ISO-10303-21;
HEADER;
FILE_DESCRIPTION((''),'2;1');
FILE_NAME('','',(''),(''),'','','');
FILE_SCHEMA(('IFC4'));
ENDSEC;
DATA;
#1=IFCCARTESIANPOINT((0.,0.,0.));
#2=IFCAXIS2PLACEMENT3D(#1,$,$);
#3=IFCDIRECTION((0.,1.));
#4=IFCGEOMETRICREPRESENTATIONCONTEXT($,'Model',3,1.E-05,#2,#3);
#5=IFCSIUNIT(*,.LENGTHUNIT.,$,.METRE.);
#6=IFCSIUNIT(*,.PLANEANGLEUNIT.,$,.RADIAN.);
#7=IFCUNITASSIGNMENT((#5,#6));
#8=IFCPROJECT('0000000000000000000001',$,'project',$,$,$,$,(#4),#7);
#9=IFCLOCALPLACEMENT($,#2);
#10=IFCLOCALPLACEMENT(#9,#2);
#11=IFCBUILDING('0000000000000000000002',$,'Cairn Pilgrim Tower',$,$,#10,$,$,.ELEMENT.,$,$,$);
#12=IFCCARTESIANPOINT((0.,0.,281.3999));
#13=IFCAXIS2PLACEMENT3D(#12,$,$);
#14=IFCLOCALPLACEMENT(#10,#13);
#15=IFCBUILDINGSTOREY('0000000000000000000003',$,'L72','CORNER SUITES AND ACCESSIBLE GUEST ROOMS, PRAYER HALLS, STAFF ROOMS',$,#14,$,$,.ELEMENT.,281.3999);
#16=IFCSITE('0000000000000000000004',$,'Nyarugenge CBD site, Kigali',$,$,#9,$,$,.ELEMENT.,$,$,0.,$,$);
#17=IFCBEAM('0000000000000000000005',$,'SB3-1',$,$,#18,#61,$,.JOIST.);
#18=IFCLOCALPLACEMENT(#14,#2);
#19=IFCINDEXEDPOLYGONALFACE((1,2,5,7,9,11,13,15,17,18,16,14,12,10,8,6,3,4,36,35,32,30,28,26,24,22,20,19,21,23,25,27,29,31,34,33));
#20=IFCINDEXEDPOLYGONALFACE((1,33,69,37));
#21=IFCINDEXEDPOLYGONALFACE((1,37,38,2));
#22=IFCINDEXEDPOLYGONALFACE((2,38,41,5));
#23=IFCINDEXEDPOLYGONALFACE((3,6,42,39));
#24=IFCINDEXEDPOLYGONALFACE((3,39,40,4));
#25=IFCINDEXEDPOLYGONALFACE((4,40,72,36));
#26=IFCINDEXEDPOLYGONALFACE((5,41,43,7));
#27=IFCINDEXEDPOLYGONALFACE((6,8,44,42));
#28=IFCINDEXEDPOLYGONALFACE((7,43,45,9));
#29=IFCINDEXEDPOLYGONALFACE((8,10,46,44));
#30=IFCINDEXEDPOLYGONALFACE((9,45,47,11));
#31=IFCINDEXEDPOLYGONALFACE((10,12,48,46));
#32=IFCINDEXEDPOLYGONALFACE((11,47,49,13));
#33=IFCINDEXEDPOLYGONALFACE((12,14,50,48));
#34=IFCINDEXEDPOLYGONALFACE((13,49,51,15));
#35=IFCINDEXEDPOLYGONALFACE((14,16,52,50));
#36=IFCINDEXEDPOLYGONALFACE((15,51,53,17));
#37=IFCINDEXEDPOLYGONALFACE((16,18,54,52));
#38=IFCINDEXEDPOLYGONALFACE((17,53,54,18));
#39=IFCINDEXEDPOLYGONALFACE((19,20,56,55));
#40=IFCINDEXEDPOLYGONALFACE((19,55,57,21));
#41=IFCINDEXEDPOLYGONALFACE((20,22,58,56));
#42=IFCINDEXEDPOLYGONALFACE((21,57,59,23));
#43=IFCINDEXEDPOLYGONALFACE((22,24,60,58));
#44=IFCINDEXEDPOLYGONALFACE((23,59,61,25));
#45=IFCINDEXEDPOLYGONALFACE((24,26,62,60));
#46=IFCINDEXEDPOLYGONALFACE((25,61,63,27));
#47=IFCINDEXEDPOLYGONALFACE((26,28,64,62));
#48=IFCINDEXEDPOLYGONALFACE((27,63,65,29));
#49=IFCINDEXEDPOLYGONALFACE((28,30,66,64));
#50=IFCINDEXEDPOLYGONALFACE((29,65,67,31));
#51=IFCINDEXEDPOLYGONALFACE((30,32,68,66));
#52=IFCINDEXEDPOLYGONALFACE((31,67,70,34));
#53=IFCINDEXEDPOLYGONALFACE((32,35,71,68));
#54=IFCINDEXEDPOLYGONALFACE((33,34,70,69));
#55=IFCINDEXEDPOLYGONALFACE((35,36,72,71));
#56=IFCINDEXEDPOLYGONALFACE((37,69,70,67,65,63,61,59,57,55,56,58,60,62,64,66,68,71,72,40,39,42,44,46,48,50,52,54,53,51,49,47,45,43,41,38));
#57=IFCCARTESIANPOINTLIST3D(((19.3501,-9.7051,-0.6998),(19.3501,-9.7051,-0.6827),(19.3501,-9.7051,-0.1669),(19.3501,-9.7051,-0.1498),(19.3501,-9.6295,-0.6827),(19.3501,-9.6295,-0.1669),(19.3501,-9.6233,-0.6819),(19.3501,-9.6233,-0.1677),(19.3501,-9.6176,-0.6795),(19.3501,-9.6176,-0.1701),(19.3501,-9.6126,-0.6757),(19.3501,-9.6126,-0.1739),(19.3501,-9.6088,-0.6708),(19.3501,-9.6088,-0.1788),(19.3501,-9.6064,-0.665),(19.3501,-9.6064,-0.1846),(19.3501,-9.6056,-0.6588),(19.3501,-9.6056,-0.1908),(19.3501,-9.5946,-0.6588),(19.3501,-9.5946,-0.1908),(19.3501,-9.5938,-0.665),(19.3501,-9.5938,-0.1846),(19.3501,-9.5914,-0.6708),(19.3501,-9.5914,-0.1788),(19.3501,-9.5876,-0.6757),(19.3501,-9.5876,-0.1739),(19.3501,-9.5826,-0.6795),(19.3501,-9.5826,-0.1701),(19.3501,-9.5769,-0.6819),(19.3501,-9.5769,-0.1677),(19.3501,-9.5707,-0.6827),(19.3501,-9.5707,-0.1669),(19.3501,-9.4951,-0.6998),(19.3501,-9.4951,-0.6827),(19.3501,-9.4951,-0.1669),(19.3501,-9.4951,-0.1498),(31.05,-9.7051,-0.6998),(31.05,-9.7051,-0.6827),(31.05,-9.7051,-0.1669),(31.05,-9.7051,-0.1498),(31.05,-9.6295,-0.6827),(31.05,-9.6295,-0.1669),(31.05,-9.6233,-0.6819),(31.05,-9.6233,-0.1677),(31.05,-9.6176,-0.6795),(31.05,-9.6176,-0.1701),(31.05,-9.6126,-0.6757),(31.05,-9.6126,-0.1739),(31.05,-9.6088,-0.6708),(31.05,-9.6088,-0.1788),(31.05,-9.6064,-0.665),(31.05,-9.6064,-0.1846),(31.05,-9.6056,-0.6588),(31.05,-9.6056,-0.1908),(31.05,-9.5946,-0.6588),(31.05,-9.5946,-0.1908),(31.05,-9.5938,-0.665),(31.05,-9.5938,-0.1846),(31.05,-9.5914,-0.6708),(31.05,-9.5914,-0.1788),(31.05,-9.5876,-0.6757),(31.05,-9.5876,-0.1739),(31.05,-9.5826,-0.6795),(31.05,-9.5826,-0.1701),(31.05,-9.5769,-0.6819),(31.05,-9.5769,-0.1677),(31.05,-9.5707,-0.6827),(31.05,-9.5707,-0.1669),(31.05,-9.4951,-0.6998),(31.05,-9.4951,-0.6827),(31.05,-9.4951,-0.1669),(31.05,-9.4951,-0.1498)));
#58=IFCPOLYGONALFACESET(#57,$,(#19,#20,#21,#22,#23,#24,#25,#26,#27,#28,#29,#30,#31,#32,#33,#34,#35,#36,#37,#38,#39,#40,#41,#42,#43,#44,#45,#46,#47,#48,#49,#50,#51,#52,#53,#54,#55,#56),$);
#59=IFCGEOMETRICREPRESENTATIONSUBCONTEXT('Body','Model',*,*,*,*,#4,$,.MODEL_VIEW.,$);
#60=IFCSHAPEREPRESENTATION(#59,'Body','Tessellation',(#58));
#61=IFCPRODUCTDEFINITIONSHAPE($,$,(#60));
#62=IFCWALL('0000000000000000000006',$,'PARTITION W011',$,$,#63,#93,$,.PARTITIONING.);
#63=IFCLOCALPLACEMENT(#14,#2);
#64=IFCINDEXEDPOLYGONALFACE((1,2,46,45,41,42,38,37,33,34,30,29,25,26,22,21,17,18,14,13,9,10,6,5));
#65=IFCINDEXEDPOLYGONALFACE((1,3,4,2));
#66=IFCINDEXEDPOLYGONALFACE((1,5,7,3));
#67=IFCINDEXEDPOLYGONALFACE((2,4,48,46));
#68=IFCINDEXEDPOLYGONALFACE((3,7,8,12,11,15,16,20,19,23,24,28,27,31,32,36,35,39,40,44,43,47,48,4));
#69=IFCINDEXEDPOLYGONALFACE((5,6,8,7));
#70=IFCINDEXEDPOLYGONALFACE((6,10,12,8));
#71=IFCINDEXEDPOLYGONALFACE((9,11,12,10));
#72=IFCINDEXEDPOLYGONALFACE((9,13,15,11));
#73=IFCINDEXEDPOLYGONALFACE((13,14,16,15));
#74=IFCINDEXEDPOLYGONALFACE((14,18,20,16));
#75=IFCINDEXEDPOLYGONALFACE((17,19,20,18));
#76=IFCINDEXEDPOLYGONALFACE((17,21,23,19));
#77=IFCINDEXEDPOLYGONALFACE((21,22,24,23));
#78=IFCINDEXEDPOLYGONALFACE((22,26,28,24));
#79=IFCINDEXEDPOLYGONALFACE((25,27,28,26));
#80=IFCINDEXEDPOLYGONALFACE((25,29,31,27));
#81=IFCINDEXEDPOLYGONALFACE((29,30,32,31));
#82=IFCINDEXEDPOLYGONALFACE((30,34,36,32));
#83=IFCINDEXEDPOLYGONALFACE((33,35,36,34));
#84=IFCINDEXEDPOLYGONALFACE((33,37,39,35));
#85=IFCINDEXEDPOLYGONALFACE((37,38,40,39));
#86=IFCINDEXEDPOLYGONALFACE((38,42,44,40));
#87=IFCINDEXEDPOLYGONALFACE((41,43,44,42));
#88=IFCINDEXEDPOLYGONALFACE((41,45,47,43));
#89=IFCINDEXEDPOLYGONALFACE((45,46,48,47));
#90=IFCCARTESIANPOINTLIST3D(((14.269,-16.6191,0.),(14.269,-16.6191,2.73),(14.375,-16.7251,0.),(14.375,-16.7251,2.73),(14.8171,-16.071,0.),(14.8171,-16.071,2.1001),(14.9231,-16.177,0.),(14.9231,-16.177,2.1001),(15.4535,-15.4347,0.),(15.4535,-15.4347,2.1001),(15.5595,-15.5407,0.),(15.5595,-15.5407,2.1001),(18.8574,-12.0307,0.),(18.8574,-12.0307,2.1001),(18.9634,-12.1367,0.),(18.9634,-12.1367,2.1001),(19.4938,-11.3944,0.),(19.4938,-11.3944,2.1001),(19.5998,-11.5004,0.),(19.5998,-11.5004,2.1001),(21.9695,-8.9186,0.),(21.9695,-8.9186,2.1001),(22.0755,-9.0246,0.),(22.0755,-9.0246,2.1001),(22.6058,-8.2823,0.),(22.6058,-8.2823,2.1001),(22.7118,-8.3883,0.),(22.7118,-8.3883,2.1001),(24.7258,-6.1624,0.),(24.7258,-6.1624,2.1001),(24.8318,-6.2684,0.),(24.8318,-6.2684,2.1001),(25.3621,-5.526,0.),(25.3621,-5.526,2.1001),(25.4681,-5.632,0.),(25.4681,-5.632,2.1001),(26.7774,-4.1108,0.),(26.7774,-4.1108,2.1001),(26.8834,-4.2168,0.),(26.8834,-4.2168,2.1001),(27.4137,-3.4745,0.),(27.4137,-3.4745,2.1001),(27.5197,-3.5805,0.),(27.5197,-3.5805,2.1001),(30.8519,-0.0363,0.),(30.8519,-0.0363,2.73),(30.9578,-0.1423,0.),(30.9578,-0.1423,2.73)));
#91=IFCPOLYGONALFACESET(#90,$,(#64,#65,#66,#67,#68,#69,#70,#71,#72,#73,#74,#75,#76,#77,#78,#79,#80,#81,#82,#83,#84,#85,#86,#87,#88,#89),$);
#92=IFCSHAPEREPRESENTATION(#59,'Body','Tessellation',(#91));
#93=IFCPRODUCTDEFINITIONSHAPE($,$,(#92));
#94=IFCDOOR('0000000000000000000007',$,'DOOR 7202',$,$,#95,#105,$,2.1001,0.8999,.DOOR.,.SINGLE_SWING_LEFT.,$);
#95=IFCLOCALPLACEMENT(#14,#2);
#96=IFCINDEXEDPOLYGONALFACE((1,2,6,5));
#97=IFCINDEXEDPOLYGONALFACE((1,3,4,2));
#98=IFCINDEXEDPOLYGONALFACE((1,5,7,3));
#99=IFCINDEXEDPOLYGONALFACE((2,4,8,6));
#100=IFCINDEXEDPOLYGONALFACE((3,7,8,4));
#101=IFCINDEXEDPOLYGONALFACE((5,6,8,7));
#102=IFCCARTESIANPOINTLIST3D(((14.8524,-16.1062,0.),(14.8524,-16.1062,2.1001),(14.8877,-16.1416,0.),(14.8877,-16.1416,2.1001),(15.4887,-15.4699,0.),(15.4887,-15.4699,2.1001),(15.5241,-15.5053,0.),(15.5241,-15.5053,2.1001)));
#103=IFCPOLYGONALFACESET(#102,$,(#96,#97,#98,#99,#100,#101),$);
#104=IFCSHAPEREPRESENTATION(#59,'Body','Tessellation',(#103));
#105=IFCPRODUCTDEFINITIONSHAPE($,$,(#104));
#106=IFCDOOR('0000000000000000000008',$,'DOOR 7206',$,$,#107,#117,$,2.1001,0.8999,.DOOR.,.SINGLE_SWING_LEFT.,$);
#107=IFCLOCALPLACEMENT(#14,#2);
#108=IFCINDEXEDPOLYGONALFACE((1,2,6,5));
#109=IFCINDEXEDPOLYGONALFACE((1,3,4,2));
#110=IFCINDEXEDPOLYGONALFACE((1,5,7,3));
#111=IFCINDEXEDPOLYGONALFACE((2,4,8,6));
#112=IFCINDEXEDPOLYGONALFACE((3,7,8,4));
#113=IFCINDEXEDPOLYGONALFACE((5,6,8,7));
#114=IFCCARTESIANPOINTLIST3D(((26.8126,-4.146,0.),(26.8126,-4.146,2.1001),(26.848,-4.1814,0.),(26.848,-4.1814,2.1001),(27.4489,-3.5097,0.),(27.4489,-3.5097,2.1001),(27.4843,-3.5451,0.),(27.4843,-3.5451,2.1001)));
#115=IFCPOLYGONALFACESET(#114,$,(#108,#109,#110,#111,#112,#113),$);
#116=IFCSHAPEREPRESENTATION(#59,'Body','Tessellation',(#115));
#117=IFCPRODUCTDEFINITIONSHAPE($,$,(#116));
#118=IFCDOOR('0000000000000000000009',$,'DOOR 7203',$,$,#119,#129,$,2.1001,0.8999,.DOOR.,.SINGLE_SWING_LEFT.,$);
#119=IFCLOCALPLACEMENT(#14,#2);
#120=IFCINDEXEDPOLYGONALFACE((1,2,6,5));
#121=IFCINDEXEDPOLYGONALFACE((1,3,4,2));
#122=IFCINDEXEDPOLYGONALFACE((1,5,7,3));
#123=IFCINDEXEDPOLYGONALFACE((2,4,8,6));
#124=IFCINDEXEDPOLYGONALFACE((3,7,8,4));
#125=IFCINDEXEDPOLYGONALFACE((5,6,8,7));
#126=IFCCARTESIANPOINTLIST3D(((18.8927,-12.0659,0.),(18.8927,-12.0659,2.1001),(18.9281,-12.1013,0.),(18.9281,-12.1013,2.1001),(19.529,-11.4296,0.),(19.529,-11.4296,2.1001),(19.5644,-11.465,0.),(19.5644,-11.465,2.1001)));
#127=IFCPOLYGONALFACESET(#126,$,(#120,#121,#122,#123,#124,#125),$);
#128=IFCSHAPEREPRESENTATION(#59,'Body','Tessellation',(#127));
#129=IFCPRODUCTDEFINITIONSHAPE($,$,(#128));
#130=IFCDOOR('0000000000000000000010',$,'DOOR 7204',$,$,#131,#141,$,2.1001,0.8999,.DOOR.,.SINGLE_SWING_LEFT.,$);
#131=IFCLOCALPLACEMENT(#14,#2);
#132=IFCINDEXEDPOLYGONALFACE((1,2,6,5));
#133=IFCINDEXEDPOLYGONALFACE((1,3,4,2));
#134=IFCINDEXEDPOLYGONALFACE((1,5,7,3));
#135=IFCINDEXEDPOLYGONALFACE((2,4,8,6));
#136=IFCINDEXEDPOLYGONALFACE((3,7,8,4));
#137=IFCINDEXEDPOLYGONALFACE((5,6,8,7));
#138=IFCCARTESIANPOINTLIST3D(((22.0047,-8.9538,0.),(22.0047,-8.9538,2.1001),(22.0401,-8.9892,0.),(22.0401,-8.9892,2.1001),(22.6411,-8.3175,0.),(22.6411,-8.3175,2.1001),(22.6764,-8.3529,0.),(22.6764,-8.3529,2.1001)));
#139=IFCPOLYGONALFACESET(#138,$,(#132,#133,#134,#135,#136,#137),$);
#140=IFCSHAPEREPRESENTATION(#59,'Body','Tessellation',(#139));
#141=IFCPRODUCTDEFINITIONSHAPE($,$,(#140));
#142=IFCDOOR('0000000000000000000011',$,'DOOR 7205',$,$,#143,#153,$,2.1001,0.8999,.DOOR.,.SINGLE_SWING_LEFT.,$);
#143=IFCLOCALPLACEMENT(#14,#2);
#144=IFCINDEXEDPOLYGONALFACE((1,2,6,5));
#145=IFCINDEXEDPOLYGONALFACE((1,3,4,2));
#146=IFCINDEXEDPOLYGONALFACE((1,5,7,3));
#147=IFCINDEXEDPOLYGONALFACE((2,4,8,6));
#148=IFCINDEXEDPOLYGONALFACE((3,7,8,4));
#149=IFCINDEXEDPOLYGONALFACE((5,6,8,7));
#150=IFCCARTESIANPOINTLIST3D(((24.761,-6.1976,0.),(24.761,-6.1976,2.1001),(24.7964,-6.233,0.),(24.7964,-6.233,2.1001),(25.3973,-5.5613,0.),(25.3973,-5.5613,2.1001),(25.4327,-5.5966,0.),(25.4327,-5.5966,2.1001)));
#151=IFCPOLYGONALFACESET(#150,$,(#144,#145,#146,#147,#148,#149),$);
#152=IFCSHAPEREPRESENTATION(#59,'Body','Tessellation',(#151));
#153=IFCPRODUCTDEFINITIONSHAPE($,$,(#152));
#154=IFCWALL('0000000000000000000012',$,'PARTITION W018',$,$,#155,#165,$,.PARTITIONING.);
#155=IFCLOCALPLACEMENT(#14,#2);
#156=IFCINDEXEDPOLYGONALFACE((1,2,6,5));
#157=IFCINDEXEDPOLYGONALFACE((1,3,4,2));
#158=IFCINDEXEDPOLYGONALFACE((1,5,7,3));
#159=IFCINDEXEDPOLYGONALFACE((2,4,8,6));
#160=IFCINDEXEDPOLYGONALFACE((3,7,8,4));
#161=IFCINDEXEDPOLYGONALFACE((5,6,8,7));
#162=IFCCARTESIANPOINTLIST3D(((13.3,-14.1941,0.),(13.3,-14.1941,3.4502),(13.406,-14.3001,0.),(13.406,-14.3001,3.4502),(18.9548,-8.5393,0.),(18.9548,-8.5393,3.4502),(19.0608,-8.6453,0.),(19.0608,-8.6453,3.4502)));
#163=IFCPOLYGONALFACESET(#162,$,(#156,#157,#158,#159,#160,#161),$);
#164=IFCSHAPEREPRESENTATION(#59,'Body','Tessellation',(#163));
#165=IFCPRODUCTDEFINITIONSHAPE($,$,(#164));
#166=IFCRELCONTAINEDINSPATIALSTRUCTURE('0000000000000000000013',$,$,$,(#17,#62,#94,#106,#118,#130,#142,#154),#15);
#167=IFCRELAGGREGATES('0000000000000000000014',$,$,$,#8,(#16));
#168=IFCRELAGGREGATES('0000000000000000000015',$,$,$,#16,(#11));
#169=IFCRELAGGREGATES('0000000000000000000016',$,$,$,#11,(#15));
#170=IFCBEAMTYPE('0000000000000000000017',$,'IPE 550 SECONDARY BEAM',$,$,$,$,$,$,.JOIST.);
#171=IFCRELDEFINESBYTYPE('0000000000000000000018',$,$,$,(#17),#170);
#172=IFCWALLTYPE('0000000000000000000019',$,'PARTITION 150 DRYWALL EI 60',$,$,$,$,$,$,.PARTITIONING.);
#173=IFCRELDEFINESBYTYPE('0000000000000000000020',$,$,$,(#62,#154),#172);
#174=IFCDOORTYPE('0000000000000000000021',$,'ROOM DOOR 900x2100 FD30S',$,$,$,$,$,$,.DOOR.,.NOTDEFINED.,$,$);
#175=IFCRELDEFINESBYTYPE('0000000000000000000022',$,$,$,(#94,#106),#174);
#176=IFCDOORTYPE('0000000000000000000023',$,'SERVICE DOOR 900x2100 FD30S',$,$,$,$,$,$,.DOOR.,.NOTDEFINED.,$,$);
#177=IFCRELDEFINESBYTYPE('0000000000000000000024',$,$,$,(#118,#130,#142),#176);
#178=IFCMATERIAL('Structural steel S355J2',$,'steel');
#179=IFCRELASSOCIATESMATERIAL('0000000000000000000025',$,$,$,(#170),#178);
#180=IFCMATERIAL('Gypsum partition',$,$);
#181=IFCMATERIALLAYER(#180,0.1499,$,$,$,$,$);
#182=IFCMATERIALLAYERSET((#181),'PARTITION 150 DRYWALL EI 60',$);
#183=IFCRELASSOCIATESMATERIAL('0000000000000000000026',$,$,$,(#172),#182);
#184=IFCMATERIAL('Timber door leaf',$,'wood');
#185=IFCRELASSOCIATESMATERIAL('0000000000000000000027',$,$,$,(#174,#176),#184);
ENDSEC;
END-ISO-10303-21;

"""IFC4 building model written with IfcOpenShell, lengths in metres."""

from ifc_helpers import new_model, si_unit, direction, frame, frame_2d, origin, origin_2d, place, context, subcontext, project, spatial, rectangle, i_section, extrude, material, layer, layer_set, material_profile, profile_set, type_object, element, fill, save


model = new_model("IFC4")

# Units and contexts
model_context = context("Model", 3, precision=1e-05, world=origin(), true_north=direction((0.0, 1.0)))
body_context = subcontext(model_context, "Body", "Model", "MODEL_VIEW")
ifc_project = project(units=[si_unit("LENGTHUNIT", "METRE"), si_unit("PLANEANGLEUNIT", "RADIAN")], contexts=[model_context])

# Site, building, storey
site_placement = place(None, origin())
site = spatial("IfcSite", under=ifc_project, at=site_placement, Name="Nyarugenge CBD site, Kigali", CompositionType="ELEMENT", RefElevation=0.0)
building_placement = place(site_placement, origin())
building = spatial("IfcBuilding", under=site, at=building_placement, Name="Cairn Pilgrim Tower", CompositionType="ELEMENT")
storey_placement = place(building_placement, frame((0.0, 0.0, 281.3999)))
storey = spatial("IfcBuildingStorey", under=building, at=storey_placement, Name="L72", Description="CORNER SUITES AND ACCESSIBLE GUEST ROOMS, PRAYER HALLS, STAFF ROOMS", CompositionType="ELEMENT", Elevation=281.3999)

# Shared definitions
ifc_material_1 = material(Name="Structural steel S355J2", Category="steel")

# Beam
ifc_material_profile_1 = material_profile(ifc_material_1, i_section(OverallWidth=0.21, OverallDepth=0.55, WebThickness=0.011, FlangeThickness=0.0171, FilletRadius=0.0239, at=origin_2d()), Name="IPE 550")
ifc_profile_set_1 = profile_set([ifc_material_profile_1], Name="Structural steel S355J2")
beam_type_1 = type_object("IfcBeamType", Name="IPE 550 SECONDARY BEAM", PredefinedType="JOIST", material=ifc_profile_set_1)
beam_1_placement = place(storey_placement, frame((19.3501, -9.6001, -0.4248), z_axis=(1.0, 0.0, 0.0), x_axis=(0.0, 1.0, 0.0)))
element("IfcBeam", 1, at=beam_1_placement, inside=storey, type_object=beam_type_1, Name="SB3-1", PredefinedType="JOIST", context=body_context, shape_type="SweptSolid", body=[
    extrude(i_section(OverallWidth=0.21, OverallDepth=0.55, WebThickness=0.011, FlangeThickness=0.0171, FilletRadius=0.0239, at=origin_2d()), origin(), (0.0, 0.0, 1.0), 11.7),
])

# Wall, openings, doors
ifc_material_2 = material(Name="Gypsum partition")
ifc_layer_1 = layer(ifc_material_2, 0.1499)
ifc_layer_set_1 = layer_set([ifc_layer_1], Name="PARTITION 150 DRYWALL EI 60")
wall_type_1 = type_object("IfcWallType", Name="PARTITION 150 DRYWALL EI 60", PredefinedType="PARTITIONING", material=ifc_layer_set_1)
wall_1_placement = place(storey_placement, frame((14.322, -16.6721, 0.0), z_axis=(0.0, 0.0, 1.0), x_axis=(0.707107, 0.707107, 0.0)))
wall_1 = element("IfcWall", 2, at=wall_1_placement, inside=storey, type_object=wall_type_1, Name="PARTITION W011", PredefinedType="PARTITIONING", context=body_context, shape_type="SweptSolid", body=[
    extrude(rectangle(XDim=23.4517, YDim=0.1499, at=frame_2d((11.7258, 0.0))), origin(), (0.0, 0.0, 1.0), 2.73),
])
opening_1_placement = place(wall_1_placement, frame((0.7751, 0.0, 0.0)))
opening_1 = element("IfcOpeningElement", 3, at=opening_1_placement, cuts=wall_1, PredefinedType="OPENING", context=body_context, shape_type="SweptSolid", body=[
    extrude(rectangle(XDim=0.8999, YDim=2.1001, at=frame_2d((0.45, 1.05))), frame((0.0, 0.085, 0.0), z_axis=(0.0, -1.0, 0.0), x_axis=(1.0, 0.0, 0.0)), (0.0, 0.0, 1.0), 0.1699),
])
opening_2_placement = place(wall_1_placement, frame((6.489, 0.0, 0.0)))
opening_2 = element("IfcOpeningElement", 4, at=opening_2_placement, cuts=wall_1, PredefinedType="OPENING", context=body_context, shape_type="SweptSolid", body=[
    extrude(rectangle(XDim=0.8999, YDim=2.1001, at=frame_2d((0.45, 1.05))), frame((0.0, 0.085, 0.0), z_axis=(0.0, -1.0, 0.0), x_axis=(1.0, 0.0, 0.0)), (0.0, 0.0, 1.0), 0.1699),
])
opening_3_placement = place(wall_1_placement, frame((10.8901, 0.0, 0.0)))
opening_3 = element("IfcOpeningElement", 5, at=opening_3_placement, cuts=wall_1, PredefinedType="OPENING", context=body_context, shape_type="SweptSolid", body=[
    extrude(rectangle(XDim=0.8999, YDim=2.1001, at=frame_2d((0.45, 1.05))), frame((0.0, 0.085, 0.0), z_axis=(0.0, -1.0, 0.0), x_axis=(1.0, 0.0, 0.0)), (0.0, 0.0, 1.0), 0.1699),
])
opening_4_placement = place(wall_1_placement, frame((14.7881, 0.0, 0.0)))
opening_4 = element("IfcOpeningElement", 6, at=opening_4_placement, cuts=wall_1, PredefinedType="OPENING", context=body_context, shape_type="SweptSolid", body=[
    extrude(rectangle(XDim=0.8999, YDim=2.1001, at=frame_2d((0.45, 1.05))), frame((0.0, 0.085, 0.0), z_axis=(0.0, -1.0, 0.0), x_axis=(1.0, 0.0, 0.0)), (0.0, 0.0, 1.0), 0.1699),
])
opening_5_placement = place(wall_1_placement, frame((17.6895, 0.0, 0.0)))
opening_5 = element("IfcOpeningElement", 7, at=opening_5_placement, cuts=wall_1, PredefinedType="OPENING", context=body_context, shape_type="SweptSolid", body=[
    extrude(rectangle(XDim=0.8999, YDim=2.1001, at=frame_2d((0.45, 1.05))), frame((0.0, 0.085, 0.0), z_axis=(0.0, -1.0, 0.0), x_axis=(1.0, 0.0, 0.0)), (0.0, 0.0, 1.0), 0.1699),
])
ifc_material_3 = material(Name="Timber door leaf", Category="wood")
door_type_1 = type_object("IfcDoorType", Name="ROOM DOOR 900x2100 FD30S", OperationType="NOTDEFINED", PredefinedType="DOOR", material=ifc_material_3)
door_1_placement = place(opening_1_placement, frame((0.8999, 0.0, 0.0), z_axis=(0.0, 0.0, 1.0), x_axis=(-1.0, 0.0, 0.0)))
door_1 = element("IfcDoor", 8, at=door_1_placement, inside=storey, type_object=door_type_1, Name="DOOR 7202", OperationType="SINGLE_SWING_LEFT", OverallHeight=2.1001, OverallWidth=0.8999, PredefinedType="DOOR", context=body_context, shape_type="SweptSolid", body=[
    extrude(rectangle(XDim=0.8999, YDim=2.1001, at=frame_2d((0.45, 1.05))), frame((0.0, 0.0249, 0.0), z_axis=(0.0, -1.0, 0.0), x_axis=(1.0, 0.0, 0.0)), (0.0, 0.0, 1.0), 0.05),
])
fill(opening_1, door_1)
door_2_placement = place(opening_5_placement, frame((0.8999, 0.0, 0.0), z_axis=(0.0, 0.0, 1.0), x_axis=(-1.0, 0.0, 0.0)))
door_2 = element("IfcDoor", 9, at=door_2_placement, inside=storey, type_object=door_type_1, Name="DOOR 7206", OperationType="SINGLE_SWING_LEFT", OverallHeight=2.1001, OverallWidth=0.8999, PredefinedType="DOOR", context=body_context, shape_type="SweptSolid", body=[
    extrude(rectangle(XDim=0.8999, YDim=2.1001, at=frame_2d((0.45, 1.05))), frame((0.0, 0.0249, 0.0), z_axis=(0.0, -1.0, 0.0), x_axis=(1.0, 0.0, 0.0)), (0.0, 0.0, 1.0), 0.05),
])
fill(opening_5, door_2)
door_type_2 = type_object("IfcDoorType", Name="SERVICE DOOR 900x2100 FD30S", OperationType="NOTDEFINED", PredefinedType="DOOR", material=ifc_material_3)
door_3_placement = place(opening_2_placement, frame((0.8999, 0.0, 0.0), z_axis=(0.0, 0.0, 1.0), x_axis=(-1.0, 0.0, 0.0)))
door_3 = element("IfcDoor", 10, at=door_3_placement, inside=storey, type_object=door_type_2, Name="DOOR 7203", OperationType="SINGLE_SWING_LEFT", OverallHeight=2.1001, OverallWidth=0.8999, PredefinedType="DOOR", context=body_context, shape_type="SweptSolid", body=[
    extrude(rectangle(XDim=0.8999, YDim=2.1001, at=frame_2d((0.45, 1.05))), frame((0.0, 0.0249, 0.0), z_axis=(0.0, -1.0, 0.0), x_axis=(1.0, 0.0, 0.0)), (0.0, 0.0, 1.0), 0.05),
])
fill(opening_2, door_3)
door_4_placement = place(opening_3_placement, frame((0.8999, 0.0, 0.0), z_axis=(0.0, 0.0, 1.0), x_axis=(-1.0, 0.0, 0.0)))
door_4 = element("IfcDoor", 11, at=door_4_placement, inside=storey, type_object=door_type_2, Name="DOOR 7204", OperationType="SINGLE_SWING_LEFT", OverallHeight=2.1001, OverallWidth=0.8999, PredefinedType="DOOR", context=body_context, shape_type="SweptSolid", body=[
    extrude(rectangle(XDim=0.8999, YDim=2.1001, at=frame_2d((0.45, 1.05))), frame((0.0, 0.0249, 0.0), z_axis=(0.0, -1.0, 0.0), x_axis=(1.0, 0.0, 0.0)), (0.0, 0.0, 1.0), 0.05),
])
fill(opening_3, door_4)
door_5_placement = place(opening_4_placement, frame((0.8999, 0.0, 0.0), z_axis=(0.0, 0.0, 1.0), x_axis=(-1.0, 0.0, 0.0)))
door_5 = element("IfcDoor", 12, at=door_5_placement, inside=storey, type_object=door_type_2, Name="DOOR 7205", OperationType="SINGLE_SWING_LEFT", OverallHeight=2.1001, OverallWidth=0.8999, PredefinedType="DOOR", context=body_context, shape_type="SweptSolid", body=[
    extrude(rectangle(XDim=0.8999, YDim=2.1001, at=frame_2d((0.45, 1.05))), frame((0.0, 0.0249, 0.0), z_axis=(0.0, -1.0, 0.0), x_axis=(1.0, 0.0, 0.0)), (0.0, 0.0, 1.0), 0.05),
])
fill(opening_4, door_5)

# Wall
wall_2_placement = place(storey_placement, frame((13.353, -14.2471, 0.0), z_axis=(0.0, 0.0, 1.0), x_axis=(0.707107, 0.707107, 0.0)))
element("IfcWall", 13, at=wall_2_placement, inside=storey, type_object=wall_type_1, Name="PARTITION W018", PredefinedType="PARTITIONING", context=body_context, shape_type="SweptSolid", body=[
    extrude(rectangle(XDim=7.9971, YDim=0.1499, at=frame_2d((3.9985, 0.0))), origin(), (0.0, 0.0, 1.0), 3.4502),
])

save(model, "model.ifc")
